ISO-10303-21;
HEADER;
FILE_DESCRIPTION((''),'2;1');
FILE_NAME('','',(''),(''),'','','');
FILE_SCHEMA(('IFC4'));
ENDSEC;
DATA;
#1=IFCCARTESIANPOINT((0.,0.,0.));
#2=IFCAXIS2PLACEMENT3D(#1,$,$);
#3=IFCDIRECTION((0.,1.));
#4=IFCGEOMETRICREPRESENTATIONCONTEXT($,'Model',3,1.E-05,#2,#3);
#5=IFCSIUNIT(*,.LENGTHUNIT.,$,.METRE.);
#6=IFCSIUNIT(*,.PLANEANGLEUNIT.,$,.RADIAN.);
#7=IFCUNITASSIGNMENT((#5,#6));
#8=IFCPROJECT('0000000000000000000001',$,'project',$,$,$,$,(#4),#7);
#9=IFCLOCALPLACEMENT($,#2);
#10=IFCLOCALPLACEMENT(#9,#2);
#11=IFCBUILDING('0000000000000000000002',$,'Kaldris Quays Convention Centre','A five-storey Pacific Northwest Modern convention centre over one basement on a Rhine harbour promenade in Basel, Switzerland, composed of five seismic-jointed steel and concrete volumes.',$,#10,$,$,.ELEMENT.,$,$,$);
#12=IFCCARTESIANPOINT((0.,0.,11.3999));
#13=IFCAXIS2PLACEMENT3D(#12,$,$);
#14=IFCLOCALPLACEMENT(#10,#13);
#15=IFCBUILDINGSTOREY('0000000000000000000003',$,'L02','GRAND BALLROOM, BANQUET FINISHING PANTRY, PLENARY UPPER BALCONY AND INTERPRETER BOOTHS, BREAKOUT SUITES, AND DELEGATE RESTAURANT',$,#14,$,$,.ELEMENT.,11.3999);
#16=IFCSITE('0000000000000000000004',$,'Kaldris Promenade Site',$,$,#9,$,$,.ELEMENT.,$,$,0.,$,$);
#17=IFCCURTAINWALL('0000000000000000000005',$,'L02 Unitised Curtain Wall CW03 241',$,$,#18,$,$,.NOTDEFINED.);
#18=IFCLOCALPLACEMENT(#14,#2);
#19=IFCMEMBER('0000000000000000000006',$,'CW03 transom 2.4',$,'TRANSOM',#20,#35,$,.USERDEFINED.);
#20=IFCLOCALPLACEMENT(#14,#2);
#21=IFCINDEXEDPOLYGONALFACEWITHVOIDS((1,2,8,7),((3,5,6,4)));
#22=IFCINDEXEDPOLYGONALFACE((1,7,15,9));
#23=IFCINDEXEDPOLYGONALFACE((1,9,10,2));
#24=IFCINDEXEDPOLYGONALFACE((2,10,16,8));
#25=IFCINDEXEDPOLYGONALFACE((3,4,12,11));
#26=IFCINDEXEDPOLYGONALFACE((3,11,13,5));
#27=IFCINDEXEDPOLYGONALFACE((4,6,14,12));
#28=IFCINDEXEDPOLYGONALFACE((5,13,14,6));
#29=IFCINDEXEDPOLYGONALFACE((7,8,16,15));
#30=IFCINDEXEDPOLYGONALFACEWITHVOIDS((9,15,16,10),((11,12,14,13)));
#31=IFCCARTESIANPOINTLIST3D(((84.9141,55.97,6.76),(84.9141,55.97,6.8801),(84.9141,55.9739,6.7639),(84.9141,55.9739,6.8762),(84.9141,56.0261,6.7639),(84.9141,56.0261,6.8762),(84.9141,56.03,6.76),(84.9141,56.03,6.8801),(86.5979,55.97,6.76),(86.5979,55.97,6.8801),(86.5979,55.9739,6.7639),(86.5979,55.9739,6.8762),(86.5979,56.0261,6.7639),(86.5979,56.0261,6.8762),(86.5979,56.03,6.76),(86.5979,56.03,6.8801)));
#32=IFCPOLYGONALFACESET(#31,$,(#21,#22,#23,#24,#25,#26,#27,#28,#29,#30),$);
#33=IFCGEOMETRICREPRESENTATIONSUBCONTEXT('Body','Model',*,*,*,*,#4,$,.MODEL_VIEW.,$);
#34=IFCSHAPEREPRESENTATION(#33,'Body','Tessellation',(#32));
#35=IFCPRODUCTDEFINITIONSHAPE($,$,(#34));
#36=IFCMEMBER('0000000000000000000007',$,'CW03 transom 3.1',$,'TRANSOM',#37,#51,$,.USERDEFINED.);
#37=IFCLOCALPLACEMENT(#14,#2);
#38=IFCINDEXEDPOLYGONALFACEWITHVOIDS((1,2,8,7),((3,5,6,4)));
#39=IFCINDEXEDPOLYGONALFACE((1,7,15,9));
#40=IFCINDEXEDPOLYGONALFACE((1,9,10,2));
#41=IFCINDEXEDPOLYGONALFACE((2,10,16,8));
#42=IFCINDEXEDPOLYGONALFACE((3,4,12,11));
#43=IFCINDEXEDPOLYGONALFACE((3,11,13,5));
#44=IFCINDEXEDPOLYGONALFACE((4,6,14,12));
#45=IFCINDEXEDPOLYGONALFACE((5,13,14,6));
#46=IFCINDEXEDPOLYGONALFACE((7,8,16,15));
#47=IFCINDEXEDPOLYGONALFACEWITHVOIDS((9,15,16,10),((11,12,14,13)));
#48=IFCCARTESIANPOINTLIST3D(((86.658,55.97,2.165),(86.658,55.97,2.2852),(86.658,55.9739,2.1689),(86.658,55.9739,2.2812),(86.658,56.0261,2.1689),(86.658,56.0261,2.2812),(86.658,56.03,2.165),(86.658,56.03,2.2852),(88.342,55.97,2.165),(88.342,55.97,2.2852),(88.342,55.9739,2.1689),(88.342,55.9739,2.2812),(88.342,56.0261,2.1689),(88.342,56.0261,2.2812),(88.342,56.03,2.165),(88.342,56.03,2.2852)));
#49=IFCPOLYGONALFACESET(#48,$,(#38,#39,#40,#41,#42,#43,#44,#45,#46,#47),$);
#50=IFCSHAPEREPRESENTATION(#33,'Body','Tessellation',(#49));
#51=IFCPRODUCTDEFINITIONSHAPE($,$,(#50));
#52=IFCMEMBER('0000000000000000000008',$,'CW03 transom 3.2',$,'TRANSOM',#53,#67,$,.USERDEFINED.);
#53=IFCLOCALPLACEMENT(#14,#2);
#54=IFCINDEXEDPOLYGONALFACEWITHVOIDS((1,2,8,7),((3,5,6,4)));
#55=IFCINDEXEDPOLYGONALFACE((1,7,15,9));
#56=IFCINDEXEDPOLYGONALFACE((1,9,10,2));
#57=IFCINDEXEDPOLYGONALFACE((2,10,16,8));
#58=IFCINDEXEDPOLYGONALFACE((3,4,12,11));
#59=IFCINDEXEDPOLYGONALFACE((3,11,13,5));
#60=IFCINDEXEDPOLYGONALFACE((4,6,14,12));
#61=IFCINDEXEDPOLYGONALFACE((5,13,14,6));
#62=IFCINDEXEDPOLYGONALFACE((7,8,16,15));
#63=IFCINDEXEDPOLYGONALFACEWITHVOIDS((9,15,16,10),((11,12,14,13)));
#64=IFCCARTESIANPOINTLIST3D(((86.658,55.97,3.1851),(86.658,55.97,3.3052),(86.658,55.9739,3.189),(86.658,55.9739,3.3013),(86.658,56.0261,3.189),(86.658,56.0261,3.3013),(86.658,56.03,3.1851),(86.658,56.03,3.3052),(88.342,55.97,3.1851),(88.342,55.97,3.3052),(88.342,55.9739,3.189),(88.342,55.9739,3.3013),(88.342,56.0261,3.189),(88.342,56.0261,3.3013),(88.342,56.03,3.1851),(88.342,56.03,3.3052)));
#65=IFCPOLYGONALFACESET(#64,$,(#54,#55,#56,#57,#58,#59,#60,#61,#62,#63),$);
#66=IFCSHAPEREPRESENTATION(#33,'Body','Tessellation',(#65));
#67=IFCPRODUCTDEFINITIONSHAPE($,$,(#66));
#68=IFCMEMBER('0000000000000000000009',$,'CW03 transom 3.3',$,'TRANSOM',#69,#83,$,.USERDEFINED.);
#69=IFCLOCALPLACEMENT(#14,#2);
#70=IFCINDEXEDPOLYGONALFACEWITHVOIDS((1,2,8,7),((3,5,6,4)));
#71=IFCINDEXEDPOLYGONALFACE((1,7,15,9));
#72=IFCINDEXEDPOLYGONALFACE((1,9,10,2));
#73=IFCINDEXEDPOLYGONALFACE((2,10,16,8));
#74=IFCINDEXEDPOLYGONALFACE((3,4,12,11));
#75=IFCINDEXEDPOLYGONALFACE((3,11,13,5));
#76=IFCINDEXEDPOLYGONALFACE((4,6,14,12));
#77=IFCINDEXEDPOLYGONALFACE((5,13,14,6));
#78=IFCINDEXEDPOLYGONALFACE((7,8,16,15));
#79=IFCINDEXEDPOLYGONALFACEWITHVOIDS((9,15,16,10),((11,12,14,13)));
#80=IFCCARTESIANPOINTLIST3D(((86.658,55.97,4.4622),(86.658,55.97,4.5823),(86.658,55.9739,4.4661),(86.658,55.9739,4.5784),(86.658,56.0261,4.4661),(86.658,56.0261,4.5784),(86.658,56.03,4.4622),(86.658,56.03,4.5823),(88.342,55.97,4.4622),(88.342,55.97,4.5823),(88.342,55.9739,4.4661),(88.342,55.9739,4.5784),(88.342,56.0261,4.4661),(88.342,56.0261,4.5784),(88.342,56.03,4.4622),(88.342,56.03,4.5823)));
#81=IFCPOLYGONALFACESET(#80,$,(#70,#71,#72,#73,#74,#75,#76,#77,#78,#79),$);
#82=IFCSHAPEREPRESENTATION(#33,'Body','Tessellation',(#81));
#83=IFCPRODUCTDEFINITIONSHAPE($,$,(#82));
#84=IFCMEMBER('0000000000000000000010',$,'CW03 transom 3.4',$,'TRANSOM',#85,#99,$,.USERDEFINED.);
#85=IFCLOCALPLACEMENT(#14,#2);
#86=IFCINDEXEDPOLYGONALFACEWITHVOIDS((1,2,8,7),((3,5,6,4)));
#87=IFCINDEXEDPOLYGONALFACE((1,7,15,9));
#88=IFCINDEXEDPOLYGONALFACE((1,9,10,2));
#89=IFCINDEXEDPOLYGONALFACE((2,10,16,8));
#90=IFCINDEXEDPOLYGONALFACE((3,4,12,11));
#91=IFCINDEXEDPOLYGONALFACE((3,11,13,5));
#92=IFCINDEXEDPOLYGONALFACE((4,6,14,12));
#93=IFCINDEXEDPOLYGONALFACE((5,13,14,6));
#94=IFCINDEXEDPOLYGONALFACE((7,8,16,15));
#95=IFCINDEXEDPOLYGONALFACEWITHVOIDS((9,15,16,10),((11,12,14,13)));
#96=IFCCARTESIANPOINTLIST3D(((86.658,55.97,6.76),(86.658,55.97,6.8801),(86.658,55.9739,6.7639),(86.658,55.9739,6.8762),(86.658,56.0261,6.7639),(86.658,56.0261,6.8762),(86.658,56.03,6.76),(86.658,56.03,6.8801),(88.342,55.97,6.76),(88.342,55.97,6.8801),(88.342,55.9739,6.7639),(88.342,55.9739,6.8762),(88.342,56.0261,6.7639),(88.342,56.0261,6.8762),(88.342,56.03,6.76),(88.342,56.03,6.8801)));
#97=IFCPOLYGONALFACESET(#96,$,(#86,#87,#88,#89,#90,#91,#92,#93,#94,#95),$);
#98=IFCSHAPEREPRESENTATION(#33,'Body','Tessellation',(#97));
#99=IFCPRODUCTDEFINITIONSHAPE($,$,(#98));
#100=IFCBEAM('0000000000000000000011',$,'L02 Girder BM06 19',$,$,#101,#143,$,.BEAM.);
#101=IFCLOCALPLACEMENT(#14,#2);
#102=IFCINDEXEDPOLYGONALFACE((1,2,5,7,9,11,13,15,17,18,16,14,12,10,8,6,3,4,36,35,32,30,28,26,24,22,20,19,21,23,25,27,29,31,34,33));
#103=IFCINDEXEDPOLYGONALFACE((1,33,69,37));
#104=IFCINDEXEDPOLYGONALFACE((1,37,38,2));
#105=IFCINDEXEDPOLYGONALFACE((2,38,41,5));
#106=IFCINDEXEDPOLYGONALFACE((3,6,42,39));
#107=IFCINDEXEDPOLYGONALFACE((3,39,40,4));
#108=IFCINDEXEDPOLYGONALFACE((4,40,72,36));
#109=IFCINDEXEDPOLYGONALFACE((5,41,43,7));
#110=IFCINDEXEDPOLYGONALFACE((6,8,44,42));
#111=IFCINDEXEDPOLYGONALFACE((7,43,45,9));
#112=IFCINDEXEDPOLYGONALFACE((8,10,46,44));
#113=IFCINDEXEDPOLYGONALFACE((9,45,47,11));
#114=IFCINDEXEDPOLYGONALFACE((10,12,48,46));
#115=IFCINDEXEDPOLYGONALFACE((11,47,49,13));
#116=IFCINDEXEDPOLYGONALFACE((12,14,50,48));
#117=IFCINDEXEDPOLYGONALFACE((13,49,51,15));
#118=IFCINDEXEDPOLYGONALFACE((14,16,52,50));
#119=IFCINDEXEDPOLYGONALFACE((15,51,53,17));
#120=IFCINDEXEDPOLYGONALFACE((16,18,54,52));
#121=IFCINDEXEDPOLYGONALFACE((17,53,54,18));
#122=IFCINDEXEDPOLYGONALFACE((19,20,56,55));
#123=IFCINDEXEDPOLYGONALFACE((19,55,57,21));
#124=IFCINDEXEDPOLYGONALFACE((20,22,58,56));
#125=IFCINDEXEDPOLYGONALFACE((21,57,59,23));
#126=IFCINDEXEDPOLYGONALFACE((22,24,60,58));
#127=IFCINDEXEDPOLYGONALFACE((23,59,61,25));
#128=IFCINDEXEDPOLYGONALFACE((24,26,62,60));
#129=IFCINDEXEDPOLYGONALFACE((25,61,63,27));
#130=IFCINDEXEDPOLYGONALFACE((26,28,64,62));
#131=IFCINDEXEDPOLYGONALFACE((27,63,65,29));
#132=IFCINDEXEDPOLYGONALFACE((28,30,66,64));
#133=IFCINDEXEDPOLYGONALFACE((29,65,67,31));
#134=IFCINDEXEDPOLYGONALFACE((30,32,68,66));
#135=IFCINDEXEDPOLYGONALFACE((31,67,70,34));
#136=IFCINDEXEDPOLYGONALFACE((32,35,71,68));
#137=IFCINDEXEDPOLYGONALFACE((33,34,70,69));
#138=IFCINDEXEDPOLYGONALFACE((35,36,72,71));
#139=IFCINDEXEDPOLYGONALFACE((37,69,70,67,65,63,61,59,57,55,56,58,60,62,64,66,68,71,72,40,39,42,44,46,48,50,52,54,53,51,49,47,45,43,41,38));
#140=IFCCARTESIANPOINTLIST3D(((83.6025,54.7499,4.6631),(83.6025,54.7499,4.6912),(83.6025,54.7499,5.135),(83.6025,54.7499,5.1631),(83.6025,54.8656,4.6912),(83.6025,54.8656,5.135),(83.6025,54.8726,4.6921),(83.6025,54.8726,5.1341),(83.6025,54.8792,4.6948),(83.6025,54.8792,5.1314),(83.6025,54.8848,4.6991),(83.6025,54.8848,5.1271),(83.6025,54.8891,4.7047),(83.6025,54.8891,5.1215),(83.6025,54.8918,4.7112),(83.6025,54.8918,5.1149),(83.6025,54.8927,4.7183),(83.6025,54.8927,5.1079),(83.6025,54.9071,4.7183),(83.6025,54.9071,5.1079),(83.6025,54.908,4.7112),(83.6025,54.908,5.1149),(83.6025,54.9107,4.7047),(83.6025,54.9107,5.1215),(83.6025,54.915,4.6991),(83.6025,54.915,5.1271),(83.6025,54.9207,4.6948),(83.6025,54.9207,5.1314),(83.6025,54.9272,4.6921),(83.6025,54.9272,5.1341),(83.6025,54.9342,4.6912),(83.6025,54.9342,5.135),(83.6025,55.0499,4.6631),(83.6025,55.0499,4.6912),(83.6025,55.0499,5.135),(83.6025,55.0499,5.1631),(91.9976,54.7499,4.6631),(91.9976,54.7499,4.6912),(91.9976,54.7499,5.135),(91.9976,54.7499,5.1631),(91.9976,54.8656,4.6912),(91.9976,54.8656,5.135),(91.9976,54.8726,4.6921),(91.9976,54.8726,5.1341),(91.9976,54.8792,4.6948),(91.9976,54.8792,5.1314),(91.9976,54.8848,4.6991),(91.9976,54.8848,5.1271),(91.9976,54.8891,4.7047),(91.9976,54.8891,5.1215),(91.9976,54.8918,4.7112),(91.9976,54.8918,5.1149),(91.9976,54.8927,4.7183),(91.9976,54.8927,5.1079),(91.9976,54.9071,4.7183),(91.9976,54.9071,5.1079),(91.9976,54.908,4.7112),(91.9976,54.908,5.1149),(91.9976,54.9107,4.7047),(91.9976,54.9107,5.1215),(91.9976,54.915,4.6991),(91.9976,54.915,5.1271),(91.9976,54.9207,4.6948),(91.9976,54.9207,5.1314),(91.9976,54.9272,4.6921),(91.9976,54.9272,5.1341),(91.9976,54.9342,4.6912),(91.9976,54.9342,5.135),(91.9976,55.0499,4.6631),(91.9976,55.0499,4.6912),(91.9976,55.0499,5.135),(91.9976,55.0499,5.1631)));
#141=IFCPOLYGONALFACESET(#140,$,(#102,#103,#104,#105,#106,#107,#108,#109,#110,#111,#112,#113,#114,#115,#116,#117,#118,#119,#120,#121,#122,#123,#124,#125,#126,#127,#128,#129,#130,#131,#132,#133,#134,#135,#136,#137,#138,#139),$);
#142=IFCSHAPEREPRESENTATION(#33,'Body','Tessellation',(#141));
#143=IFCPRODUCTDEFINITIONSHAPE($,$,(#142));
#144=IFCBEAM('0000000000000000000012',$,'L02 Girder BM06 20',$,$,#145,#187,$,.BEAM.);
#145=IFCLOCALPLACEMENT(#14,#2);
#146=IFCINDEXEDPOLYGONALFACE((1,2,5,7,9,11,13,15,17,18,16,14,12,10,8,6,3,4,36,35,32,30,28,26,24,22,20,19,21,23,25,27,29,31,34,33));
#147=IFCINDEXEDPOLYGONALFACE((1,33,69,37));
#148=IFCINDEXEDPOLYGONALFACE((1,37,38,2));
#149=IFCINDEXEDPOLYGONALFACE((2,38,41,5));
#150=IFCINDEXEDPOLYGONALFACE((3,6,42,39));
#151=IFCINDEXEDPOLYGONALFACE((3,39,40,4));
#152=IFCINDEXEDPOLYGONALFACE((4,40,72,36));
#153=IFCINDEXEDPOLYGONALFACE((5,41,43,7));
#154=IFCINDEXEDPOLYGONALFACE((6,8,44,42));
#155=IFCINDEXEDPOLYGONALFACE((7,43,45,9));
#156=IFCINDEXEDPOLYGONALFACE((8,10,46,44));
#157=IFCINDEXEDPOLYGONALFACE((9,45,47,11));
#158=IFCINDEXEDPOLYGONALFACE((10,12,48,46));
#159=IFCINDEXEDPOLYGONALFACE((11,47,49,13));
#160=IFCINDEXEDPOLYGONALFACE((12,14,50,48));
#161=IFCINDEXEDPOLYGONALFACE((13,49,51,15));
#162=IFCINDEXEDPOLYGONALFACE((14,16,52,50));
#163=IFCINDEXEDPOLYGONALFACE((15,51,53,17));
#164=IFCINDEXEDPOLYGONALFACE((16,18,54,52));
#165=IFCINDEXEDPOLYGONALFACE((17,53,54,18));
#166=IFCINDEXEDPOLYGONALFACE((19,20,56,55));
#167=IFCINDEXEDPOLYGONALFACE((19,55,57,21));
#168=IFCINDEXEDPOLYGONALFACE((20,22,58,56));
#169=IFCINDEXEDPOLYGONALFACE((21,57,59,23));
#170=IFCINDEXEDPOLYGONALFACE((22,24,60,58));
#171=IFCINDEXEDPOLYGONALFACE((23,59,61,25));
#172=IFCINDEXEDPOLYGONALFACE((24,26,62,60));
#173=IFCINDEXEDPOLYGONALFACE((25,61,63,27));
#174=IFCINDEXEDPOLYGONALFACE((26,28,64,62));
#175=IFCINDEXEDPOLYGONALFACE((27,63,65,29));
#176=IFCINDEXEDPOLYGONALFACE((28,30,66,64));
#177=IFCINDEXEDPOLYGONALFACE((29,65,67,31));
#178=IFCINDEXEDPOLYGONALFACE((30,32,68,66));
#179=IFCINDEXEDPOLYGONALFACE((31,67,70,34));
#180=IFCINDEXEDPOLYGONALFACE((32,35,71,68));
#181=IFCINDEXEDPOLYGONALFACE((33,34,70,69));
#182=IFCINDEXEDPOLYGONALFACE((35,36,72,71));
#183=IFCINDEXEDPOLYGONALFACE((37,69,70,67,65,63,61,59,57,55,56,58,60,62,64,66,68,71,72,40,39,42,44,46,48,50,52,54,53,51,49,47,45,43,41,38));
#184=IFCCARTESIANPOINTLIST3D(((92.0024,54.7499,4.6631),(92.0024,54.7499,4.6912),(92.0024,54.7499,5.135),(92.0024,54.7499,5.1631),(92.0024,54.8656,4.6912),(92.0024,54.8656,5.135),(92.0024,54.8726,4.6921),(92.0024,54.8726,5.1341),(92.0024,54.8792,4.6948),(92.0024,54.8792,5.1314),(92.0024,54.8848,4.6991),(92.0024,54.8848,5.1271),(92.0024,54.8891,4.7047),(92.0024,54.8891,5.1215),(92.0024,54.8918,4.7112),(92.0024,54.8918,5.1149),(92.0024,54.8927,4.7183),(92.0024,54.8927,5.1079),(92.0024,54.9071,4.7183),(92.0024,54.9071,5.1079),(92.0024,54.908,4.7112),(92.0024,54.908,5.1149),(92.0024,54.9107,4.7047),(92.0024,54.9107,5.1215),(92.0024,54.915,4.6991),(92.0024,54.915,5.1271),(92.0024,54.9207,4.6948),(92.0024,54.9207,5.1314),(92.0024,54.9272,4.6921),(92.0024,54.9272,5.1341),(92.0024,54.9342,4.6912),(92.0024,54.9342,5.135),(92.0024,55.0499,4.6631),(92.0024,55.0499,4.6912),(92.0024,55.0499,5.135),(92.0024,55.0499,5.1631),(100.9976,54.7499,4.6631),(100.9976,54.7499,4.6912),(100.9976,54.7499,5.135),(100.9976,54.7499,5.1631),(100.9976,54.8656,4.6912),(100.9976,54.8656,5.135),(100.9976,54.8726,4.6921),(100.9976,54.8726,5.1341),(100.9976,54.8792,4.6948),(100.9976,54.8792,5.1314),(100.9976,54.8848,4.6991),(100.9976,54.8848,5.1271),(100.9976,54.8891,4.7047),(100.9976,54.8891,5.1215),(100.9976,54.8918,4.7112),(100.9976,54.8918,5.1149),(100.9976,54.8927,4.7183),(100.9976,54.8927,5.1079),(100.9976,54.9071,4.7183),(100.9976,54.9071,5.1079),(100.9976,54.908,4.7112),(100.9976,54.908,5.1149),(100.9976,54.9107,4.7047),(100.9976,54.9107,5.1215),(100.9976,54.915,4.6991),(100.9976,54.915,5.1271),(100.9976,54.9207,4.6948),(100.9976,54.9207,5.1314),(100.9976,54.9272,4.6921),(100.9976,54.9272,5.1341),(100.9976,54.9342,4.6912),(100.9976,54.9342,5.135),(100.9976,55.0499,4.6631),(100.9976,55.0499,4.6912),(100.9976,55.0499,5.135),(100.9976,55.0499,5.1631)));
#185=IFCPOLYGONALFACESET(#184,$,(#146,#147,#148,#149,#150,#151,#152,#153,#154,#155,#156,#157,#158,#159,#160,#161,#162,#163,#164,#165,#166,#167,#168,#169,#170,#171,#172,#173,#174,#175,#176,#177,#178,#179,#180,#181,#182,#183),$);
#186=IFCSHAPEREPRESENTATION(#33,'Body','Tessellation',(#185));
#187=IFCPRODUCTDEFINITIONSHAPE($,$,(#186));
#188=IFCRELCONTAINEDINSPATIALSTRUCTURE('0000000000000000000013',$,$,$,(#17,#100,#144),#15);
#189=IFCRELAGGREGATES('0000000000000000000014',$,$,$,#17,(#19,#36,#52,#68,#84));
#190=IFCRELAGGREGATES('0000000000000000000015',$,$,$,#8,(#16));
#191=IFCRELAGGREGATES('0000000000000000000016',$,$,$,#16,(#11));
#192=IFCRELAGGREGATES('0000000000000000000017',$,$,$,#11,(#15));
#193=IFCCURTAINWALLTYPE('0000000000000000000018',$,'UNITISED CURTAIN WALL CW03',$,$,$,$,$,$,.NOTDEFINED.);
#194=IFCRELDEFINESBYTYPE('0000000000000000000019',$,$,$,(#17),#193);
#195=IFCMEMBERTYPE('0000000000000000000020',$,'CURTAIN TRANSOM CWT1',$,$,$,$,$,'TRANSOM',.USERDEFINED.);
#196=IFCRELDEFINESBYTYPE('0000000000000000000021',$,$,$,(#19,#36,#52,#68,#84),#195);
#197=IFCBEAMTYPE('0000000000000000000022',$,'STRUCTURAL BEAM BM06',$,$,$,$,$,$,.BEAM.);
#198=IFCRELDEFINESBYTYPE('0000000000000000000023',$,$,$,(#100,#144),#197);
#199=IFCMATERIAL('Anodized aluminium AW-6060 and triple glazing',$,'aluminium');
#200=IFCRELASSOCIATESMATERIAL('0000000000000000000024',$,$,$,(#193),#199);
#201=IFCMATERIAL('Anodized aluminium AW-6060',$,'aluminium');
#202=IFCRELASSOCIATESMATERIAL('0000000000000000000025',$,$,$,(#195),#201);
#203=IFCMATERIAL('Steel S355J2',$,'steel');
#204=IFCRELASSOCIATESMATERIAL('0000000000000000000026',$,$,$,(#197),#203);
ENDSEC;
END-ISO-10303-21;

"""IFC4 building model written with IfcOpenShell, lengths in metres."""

from ifc_helpers import new_model, si_unit, direction, frame, origin, origin_2d, place, context, subcontext, project, spatial, hollow_rectangle, i_section, extrude, material, material_profile, profile_set, type_object, element, aggregate, save


model = new_model("IFC4")

# Units and contexts
model_context = context("Model", 3, precision=1e-05, world=origin(), true_north=direction((0.0, 1.0)))
body_context = subcontext(model_context, "Body", "Model", "MODEL_VIEW")
ifc_project = project(units=[si_unit("LENGTHUNIT", "METRE"), si_unit("PLANEANGLEUNIT", "RADIAN")], contexts=[model_context])

# Site, building, storey
site_placement = place(None, origin())
site = spatial("IfcSite", under=ifc_project, at=site_placement, Name="Kaldris Promenade Site", CompositionType="ELEMENT", RefElevation=0.0)
building_placement = place(site_placement, origin())
building = spatial("IfcBuilding", under=site, at=building_placement, Name="Kaldris Quays Convention Centre", Description="A five-storey Pacific Northwest Modern convention centre over one basement on a Rhine harbour promenade in Basel, Switzerland, composed of five seismic-jointed steel and concrete volumes.", CompositionType="ELEMENT")
storey_placement = place(building_placement, frame((0.0, 0.0, 11.3999)))
storey = spatial("IfcBuildingStorey", under=building, at=storey_placement, Name="L02", Description="GRAND BALLROOM, BANQUET FINISHING PANTRY, PLENARY UPPER BALCONY AND INTERPRETER BOOTHS, BREAKOUT SUITES, AND DELEGATE RESTAURANT", CompositionType="ELEMENT", Elevation=11.3999)

# Shared definitions
ifc_material_1 = material(Name="Steel S355J2", Category="steel")

# Curtain wall, members
ifc_material_2 = material(Name="Anodized aluminium AW-6060 and triple glazing", Category="aluminium")
curtain_wall_type = type_object("IfcCurtainWallType", Name="UNITISED CURTAIN WALL CW03", PredefinedType="NOTDEFINED", material=ifc_material_2)
curtain_wall_placement = place(storey_placement, origin())
curtain_wall = element("IfcCurtainWall", 1, at=curtain_wall_placement, inside=storey, type_object=curtain_wall_type, Name="L02 Unitised Curtain Wall CW03 241", PredefinedType="NOTDEFINED")
ifc_material_3 = material(Name="Anodized aluminium AW-6060", Category="aluminium")
ifc_material_profile_1 = material_profile(ifc_material_3, hollow_rectangle(XDim=0.0601, YDim=0.1201, WallThickness=0.0039, at=origin_2d()), Name="RHS 120x60x4")
ifc_profile_set_1 = profile_set([ifc_material_profile_1], Name="Anodized aluminium AW-6060")
member_type_1 = type_object("IfcMemberType", Name="CURTAIN TRANSOM CWT1", ElementType="TRANSOM", PredefinedType="USERDEFINED", material=ifc_profile_set_1)
member_1_placement = place(storey_placement, frame((84.9141, 56.0, 6.8201), z_axis=(1.0, 0.0, 0.0), x_axis=(0.0, 1.0, 0.0)))
member_1 = element("IfcMember", 2, at=member_1_placement, type_object=member_type_1, Name="CW03 transom 2.4", ObjectType="TRANSOM", PredefinedType="USERDEFINED", context=body_context, shape_type="SweptSolid", body=[
    extrude(hollow_rectangle(XDim=0.0601, YDim=0.1201, WallThickness=0.0039, at=origin_2d()), origin(), (0.0, 0.0, 1.0), 1.6838),
])
member_2_placement = place(storey_placement, frame((86.658, 56.0, 2.2251), z_axis=(1.0, 0.0, 0.0), x_axis=(0.0, 1.0, 0.0)))
member_2 = element("IfcMember", 3, at=member_2_placement, type_object=member_type_1, Name="CW03 transom 3.1", ObjectType="TRANSOM", PredefinedType="USERDEFINED", context=body_context, shape_type="SweptSolid", body=[
    extrude(hollow_rectangle(XDim=0.0601, YDim=0.1201, WallThickness=0.0039, at=origin_2d()), origin(), (0.0, 0.0, 1.0), 1.6841),
])
member_3_placement = place(storey_placement, frame((86.658, 56.0, 3.2451), z_axis=(1.0, 0.0, 0.0), x_axis=(0.0, 1.0, 0.0)))
member_3 = element("IfcMember", 4, at=member_3_placement, type_object=member_type_1, Name="CW03 transom 3.2", ObjectType="TRANSOM", PredefinedType="USERDEFINED", context=body_context, shape_type="SweptSolid", body=[
    extrude(hollow_rectangle(XDim=0.0601, YDim=0.1201, WallThickness=0.0039, at=origin_2d()), origin(), (0.0, 0.0, 1.0), 1.6841),
])
member_4_placement = place(storey_placement, frame((86.658, 56.0, 4.5222), z_axis=(1.0, 0.0, 0.0), x_axis=(0.0, 1.0, 0.0)))
member_4 = element("IfcMember", 5, at=member_4_placement, type_object=member_type_1, Name="CW03 transom 3.3", ObjectType="TRANSOM", PredefinedType="USERDEFINED", context=body_context, shape_type="SweptSolid", body=[
    extrude(hollow_rectangle(XDim=0.0601, YDim=0.1201, WallThickness=0.0039, at=origin_2d()), origin(), (0.0, 0.0, 1.0), 1.6841),
])
member_5_placement = place(storey_placement, frame((86.658, 56.0, 6.8201), z_axis=(1.0, 0.0, 0.0), x_axis=(0.0, 1.0, 0.0)))
member_5 = element("IfcMember", 6, at=member_5_placement, type_object=member_type_1, Name="CW03 transom 3.4", ObjectType="TRANSOM", PredefinedType="USERDEFINED", context=body_context, shape_type="SweptSolid", body=[
    extrude(hollow_rectangle(XDim=0.0601, YDim=0.1201, WallThickness=0.0039, at=origin_2d()), origin(), (0.0, 0.0, 1.0), 1.6841),
])

# Beams
ifc_material_profile_2 = material_profile(ifc_material_1, i_section(OverallWidth=0.3, OverallDepth=0.5, WebThickness=0.0144, FlangeThickness=0.0281, FilletRadius=0.0271, at=origin_2d()), Name="HEB 500")
ifc_profile_set_2 = profile_set([ifc_material_profile_2], Name="Steel S355J2")
beam_type_1 = type_object("IfcBeamType", Name="STRUCTURAL BEAM BM06", PredefinedType="BEAM", material=ifc_profile_set_2)
beam_1_placement = place(storey_placement, frame((83.6025, 54.8999, 4.9131), z_axis=(1.0, 0.0, 0.0), x_axis=(0.0, 1.0, 0.0)))
element("IfcBeam", 7, at=beam_1_placement, inside=storey, type_object=beam_type_1, Name="L02 Girder BM06 19", PredefinedType="BEAM", context=body_context, shape_type="SweptSolid", body=[
    extrude(i_section(OverallWidth=0.3, OverallDepth=0.5, WebThickness=0.0144, FlangeThickness=0.0281, FilletRadius=0.0271, at=origin_2d()), origin(), (0.0, 0.0, 1.0), 8.395),
])
beam_2_placement = place(storey_placement, frame((92.0024, 54.8999, 4.9131), z_axis=(1.0, 0.0, 0.0), x_axis=(0.0, 1.0, 0.0)))
element("IfcBeam", 8, at=beam_2_placement, inside=storey, type_object=beam_type_1, Name="L02 Girder BM06 20", PredefinedType="BEAM", context=body_context, shape_type="SweptSolid", body=[
    extrude(i_section(OverallWidth=0.3, OverallDepth=0.5, WebThickness=0.0144, FlangeThickness=0.0281, FilletRadius=0.0271, at=origin_2d()), origin(), (0.0, 0.0, 1.0), 8.9951),
])

aggregate(curtain_wall, [member_1, member_2, member_3, member_4, member_5])

save(model, "model.ifc")
